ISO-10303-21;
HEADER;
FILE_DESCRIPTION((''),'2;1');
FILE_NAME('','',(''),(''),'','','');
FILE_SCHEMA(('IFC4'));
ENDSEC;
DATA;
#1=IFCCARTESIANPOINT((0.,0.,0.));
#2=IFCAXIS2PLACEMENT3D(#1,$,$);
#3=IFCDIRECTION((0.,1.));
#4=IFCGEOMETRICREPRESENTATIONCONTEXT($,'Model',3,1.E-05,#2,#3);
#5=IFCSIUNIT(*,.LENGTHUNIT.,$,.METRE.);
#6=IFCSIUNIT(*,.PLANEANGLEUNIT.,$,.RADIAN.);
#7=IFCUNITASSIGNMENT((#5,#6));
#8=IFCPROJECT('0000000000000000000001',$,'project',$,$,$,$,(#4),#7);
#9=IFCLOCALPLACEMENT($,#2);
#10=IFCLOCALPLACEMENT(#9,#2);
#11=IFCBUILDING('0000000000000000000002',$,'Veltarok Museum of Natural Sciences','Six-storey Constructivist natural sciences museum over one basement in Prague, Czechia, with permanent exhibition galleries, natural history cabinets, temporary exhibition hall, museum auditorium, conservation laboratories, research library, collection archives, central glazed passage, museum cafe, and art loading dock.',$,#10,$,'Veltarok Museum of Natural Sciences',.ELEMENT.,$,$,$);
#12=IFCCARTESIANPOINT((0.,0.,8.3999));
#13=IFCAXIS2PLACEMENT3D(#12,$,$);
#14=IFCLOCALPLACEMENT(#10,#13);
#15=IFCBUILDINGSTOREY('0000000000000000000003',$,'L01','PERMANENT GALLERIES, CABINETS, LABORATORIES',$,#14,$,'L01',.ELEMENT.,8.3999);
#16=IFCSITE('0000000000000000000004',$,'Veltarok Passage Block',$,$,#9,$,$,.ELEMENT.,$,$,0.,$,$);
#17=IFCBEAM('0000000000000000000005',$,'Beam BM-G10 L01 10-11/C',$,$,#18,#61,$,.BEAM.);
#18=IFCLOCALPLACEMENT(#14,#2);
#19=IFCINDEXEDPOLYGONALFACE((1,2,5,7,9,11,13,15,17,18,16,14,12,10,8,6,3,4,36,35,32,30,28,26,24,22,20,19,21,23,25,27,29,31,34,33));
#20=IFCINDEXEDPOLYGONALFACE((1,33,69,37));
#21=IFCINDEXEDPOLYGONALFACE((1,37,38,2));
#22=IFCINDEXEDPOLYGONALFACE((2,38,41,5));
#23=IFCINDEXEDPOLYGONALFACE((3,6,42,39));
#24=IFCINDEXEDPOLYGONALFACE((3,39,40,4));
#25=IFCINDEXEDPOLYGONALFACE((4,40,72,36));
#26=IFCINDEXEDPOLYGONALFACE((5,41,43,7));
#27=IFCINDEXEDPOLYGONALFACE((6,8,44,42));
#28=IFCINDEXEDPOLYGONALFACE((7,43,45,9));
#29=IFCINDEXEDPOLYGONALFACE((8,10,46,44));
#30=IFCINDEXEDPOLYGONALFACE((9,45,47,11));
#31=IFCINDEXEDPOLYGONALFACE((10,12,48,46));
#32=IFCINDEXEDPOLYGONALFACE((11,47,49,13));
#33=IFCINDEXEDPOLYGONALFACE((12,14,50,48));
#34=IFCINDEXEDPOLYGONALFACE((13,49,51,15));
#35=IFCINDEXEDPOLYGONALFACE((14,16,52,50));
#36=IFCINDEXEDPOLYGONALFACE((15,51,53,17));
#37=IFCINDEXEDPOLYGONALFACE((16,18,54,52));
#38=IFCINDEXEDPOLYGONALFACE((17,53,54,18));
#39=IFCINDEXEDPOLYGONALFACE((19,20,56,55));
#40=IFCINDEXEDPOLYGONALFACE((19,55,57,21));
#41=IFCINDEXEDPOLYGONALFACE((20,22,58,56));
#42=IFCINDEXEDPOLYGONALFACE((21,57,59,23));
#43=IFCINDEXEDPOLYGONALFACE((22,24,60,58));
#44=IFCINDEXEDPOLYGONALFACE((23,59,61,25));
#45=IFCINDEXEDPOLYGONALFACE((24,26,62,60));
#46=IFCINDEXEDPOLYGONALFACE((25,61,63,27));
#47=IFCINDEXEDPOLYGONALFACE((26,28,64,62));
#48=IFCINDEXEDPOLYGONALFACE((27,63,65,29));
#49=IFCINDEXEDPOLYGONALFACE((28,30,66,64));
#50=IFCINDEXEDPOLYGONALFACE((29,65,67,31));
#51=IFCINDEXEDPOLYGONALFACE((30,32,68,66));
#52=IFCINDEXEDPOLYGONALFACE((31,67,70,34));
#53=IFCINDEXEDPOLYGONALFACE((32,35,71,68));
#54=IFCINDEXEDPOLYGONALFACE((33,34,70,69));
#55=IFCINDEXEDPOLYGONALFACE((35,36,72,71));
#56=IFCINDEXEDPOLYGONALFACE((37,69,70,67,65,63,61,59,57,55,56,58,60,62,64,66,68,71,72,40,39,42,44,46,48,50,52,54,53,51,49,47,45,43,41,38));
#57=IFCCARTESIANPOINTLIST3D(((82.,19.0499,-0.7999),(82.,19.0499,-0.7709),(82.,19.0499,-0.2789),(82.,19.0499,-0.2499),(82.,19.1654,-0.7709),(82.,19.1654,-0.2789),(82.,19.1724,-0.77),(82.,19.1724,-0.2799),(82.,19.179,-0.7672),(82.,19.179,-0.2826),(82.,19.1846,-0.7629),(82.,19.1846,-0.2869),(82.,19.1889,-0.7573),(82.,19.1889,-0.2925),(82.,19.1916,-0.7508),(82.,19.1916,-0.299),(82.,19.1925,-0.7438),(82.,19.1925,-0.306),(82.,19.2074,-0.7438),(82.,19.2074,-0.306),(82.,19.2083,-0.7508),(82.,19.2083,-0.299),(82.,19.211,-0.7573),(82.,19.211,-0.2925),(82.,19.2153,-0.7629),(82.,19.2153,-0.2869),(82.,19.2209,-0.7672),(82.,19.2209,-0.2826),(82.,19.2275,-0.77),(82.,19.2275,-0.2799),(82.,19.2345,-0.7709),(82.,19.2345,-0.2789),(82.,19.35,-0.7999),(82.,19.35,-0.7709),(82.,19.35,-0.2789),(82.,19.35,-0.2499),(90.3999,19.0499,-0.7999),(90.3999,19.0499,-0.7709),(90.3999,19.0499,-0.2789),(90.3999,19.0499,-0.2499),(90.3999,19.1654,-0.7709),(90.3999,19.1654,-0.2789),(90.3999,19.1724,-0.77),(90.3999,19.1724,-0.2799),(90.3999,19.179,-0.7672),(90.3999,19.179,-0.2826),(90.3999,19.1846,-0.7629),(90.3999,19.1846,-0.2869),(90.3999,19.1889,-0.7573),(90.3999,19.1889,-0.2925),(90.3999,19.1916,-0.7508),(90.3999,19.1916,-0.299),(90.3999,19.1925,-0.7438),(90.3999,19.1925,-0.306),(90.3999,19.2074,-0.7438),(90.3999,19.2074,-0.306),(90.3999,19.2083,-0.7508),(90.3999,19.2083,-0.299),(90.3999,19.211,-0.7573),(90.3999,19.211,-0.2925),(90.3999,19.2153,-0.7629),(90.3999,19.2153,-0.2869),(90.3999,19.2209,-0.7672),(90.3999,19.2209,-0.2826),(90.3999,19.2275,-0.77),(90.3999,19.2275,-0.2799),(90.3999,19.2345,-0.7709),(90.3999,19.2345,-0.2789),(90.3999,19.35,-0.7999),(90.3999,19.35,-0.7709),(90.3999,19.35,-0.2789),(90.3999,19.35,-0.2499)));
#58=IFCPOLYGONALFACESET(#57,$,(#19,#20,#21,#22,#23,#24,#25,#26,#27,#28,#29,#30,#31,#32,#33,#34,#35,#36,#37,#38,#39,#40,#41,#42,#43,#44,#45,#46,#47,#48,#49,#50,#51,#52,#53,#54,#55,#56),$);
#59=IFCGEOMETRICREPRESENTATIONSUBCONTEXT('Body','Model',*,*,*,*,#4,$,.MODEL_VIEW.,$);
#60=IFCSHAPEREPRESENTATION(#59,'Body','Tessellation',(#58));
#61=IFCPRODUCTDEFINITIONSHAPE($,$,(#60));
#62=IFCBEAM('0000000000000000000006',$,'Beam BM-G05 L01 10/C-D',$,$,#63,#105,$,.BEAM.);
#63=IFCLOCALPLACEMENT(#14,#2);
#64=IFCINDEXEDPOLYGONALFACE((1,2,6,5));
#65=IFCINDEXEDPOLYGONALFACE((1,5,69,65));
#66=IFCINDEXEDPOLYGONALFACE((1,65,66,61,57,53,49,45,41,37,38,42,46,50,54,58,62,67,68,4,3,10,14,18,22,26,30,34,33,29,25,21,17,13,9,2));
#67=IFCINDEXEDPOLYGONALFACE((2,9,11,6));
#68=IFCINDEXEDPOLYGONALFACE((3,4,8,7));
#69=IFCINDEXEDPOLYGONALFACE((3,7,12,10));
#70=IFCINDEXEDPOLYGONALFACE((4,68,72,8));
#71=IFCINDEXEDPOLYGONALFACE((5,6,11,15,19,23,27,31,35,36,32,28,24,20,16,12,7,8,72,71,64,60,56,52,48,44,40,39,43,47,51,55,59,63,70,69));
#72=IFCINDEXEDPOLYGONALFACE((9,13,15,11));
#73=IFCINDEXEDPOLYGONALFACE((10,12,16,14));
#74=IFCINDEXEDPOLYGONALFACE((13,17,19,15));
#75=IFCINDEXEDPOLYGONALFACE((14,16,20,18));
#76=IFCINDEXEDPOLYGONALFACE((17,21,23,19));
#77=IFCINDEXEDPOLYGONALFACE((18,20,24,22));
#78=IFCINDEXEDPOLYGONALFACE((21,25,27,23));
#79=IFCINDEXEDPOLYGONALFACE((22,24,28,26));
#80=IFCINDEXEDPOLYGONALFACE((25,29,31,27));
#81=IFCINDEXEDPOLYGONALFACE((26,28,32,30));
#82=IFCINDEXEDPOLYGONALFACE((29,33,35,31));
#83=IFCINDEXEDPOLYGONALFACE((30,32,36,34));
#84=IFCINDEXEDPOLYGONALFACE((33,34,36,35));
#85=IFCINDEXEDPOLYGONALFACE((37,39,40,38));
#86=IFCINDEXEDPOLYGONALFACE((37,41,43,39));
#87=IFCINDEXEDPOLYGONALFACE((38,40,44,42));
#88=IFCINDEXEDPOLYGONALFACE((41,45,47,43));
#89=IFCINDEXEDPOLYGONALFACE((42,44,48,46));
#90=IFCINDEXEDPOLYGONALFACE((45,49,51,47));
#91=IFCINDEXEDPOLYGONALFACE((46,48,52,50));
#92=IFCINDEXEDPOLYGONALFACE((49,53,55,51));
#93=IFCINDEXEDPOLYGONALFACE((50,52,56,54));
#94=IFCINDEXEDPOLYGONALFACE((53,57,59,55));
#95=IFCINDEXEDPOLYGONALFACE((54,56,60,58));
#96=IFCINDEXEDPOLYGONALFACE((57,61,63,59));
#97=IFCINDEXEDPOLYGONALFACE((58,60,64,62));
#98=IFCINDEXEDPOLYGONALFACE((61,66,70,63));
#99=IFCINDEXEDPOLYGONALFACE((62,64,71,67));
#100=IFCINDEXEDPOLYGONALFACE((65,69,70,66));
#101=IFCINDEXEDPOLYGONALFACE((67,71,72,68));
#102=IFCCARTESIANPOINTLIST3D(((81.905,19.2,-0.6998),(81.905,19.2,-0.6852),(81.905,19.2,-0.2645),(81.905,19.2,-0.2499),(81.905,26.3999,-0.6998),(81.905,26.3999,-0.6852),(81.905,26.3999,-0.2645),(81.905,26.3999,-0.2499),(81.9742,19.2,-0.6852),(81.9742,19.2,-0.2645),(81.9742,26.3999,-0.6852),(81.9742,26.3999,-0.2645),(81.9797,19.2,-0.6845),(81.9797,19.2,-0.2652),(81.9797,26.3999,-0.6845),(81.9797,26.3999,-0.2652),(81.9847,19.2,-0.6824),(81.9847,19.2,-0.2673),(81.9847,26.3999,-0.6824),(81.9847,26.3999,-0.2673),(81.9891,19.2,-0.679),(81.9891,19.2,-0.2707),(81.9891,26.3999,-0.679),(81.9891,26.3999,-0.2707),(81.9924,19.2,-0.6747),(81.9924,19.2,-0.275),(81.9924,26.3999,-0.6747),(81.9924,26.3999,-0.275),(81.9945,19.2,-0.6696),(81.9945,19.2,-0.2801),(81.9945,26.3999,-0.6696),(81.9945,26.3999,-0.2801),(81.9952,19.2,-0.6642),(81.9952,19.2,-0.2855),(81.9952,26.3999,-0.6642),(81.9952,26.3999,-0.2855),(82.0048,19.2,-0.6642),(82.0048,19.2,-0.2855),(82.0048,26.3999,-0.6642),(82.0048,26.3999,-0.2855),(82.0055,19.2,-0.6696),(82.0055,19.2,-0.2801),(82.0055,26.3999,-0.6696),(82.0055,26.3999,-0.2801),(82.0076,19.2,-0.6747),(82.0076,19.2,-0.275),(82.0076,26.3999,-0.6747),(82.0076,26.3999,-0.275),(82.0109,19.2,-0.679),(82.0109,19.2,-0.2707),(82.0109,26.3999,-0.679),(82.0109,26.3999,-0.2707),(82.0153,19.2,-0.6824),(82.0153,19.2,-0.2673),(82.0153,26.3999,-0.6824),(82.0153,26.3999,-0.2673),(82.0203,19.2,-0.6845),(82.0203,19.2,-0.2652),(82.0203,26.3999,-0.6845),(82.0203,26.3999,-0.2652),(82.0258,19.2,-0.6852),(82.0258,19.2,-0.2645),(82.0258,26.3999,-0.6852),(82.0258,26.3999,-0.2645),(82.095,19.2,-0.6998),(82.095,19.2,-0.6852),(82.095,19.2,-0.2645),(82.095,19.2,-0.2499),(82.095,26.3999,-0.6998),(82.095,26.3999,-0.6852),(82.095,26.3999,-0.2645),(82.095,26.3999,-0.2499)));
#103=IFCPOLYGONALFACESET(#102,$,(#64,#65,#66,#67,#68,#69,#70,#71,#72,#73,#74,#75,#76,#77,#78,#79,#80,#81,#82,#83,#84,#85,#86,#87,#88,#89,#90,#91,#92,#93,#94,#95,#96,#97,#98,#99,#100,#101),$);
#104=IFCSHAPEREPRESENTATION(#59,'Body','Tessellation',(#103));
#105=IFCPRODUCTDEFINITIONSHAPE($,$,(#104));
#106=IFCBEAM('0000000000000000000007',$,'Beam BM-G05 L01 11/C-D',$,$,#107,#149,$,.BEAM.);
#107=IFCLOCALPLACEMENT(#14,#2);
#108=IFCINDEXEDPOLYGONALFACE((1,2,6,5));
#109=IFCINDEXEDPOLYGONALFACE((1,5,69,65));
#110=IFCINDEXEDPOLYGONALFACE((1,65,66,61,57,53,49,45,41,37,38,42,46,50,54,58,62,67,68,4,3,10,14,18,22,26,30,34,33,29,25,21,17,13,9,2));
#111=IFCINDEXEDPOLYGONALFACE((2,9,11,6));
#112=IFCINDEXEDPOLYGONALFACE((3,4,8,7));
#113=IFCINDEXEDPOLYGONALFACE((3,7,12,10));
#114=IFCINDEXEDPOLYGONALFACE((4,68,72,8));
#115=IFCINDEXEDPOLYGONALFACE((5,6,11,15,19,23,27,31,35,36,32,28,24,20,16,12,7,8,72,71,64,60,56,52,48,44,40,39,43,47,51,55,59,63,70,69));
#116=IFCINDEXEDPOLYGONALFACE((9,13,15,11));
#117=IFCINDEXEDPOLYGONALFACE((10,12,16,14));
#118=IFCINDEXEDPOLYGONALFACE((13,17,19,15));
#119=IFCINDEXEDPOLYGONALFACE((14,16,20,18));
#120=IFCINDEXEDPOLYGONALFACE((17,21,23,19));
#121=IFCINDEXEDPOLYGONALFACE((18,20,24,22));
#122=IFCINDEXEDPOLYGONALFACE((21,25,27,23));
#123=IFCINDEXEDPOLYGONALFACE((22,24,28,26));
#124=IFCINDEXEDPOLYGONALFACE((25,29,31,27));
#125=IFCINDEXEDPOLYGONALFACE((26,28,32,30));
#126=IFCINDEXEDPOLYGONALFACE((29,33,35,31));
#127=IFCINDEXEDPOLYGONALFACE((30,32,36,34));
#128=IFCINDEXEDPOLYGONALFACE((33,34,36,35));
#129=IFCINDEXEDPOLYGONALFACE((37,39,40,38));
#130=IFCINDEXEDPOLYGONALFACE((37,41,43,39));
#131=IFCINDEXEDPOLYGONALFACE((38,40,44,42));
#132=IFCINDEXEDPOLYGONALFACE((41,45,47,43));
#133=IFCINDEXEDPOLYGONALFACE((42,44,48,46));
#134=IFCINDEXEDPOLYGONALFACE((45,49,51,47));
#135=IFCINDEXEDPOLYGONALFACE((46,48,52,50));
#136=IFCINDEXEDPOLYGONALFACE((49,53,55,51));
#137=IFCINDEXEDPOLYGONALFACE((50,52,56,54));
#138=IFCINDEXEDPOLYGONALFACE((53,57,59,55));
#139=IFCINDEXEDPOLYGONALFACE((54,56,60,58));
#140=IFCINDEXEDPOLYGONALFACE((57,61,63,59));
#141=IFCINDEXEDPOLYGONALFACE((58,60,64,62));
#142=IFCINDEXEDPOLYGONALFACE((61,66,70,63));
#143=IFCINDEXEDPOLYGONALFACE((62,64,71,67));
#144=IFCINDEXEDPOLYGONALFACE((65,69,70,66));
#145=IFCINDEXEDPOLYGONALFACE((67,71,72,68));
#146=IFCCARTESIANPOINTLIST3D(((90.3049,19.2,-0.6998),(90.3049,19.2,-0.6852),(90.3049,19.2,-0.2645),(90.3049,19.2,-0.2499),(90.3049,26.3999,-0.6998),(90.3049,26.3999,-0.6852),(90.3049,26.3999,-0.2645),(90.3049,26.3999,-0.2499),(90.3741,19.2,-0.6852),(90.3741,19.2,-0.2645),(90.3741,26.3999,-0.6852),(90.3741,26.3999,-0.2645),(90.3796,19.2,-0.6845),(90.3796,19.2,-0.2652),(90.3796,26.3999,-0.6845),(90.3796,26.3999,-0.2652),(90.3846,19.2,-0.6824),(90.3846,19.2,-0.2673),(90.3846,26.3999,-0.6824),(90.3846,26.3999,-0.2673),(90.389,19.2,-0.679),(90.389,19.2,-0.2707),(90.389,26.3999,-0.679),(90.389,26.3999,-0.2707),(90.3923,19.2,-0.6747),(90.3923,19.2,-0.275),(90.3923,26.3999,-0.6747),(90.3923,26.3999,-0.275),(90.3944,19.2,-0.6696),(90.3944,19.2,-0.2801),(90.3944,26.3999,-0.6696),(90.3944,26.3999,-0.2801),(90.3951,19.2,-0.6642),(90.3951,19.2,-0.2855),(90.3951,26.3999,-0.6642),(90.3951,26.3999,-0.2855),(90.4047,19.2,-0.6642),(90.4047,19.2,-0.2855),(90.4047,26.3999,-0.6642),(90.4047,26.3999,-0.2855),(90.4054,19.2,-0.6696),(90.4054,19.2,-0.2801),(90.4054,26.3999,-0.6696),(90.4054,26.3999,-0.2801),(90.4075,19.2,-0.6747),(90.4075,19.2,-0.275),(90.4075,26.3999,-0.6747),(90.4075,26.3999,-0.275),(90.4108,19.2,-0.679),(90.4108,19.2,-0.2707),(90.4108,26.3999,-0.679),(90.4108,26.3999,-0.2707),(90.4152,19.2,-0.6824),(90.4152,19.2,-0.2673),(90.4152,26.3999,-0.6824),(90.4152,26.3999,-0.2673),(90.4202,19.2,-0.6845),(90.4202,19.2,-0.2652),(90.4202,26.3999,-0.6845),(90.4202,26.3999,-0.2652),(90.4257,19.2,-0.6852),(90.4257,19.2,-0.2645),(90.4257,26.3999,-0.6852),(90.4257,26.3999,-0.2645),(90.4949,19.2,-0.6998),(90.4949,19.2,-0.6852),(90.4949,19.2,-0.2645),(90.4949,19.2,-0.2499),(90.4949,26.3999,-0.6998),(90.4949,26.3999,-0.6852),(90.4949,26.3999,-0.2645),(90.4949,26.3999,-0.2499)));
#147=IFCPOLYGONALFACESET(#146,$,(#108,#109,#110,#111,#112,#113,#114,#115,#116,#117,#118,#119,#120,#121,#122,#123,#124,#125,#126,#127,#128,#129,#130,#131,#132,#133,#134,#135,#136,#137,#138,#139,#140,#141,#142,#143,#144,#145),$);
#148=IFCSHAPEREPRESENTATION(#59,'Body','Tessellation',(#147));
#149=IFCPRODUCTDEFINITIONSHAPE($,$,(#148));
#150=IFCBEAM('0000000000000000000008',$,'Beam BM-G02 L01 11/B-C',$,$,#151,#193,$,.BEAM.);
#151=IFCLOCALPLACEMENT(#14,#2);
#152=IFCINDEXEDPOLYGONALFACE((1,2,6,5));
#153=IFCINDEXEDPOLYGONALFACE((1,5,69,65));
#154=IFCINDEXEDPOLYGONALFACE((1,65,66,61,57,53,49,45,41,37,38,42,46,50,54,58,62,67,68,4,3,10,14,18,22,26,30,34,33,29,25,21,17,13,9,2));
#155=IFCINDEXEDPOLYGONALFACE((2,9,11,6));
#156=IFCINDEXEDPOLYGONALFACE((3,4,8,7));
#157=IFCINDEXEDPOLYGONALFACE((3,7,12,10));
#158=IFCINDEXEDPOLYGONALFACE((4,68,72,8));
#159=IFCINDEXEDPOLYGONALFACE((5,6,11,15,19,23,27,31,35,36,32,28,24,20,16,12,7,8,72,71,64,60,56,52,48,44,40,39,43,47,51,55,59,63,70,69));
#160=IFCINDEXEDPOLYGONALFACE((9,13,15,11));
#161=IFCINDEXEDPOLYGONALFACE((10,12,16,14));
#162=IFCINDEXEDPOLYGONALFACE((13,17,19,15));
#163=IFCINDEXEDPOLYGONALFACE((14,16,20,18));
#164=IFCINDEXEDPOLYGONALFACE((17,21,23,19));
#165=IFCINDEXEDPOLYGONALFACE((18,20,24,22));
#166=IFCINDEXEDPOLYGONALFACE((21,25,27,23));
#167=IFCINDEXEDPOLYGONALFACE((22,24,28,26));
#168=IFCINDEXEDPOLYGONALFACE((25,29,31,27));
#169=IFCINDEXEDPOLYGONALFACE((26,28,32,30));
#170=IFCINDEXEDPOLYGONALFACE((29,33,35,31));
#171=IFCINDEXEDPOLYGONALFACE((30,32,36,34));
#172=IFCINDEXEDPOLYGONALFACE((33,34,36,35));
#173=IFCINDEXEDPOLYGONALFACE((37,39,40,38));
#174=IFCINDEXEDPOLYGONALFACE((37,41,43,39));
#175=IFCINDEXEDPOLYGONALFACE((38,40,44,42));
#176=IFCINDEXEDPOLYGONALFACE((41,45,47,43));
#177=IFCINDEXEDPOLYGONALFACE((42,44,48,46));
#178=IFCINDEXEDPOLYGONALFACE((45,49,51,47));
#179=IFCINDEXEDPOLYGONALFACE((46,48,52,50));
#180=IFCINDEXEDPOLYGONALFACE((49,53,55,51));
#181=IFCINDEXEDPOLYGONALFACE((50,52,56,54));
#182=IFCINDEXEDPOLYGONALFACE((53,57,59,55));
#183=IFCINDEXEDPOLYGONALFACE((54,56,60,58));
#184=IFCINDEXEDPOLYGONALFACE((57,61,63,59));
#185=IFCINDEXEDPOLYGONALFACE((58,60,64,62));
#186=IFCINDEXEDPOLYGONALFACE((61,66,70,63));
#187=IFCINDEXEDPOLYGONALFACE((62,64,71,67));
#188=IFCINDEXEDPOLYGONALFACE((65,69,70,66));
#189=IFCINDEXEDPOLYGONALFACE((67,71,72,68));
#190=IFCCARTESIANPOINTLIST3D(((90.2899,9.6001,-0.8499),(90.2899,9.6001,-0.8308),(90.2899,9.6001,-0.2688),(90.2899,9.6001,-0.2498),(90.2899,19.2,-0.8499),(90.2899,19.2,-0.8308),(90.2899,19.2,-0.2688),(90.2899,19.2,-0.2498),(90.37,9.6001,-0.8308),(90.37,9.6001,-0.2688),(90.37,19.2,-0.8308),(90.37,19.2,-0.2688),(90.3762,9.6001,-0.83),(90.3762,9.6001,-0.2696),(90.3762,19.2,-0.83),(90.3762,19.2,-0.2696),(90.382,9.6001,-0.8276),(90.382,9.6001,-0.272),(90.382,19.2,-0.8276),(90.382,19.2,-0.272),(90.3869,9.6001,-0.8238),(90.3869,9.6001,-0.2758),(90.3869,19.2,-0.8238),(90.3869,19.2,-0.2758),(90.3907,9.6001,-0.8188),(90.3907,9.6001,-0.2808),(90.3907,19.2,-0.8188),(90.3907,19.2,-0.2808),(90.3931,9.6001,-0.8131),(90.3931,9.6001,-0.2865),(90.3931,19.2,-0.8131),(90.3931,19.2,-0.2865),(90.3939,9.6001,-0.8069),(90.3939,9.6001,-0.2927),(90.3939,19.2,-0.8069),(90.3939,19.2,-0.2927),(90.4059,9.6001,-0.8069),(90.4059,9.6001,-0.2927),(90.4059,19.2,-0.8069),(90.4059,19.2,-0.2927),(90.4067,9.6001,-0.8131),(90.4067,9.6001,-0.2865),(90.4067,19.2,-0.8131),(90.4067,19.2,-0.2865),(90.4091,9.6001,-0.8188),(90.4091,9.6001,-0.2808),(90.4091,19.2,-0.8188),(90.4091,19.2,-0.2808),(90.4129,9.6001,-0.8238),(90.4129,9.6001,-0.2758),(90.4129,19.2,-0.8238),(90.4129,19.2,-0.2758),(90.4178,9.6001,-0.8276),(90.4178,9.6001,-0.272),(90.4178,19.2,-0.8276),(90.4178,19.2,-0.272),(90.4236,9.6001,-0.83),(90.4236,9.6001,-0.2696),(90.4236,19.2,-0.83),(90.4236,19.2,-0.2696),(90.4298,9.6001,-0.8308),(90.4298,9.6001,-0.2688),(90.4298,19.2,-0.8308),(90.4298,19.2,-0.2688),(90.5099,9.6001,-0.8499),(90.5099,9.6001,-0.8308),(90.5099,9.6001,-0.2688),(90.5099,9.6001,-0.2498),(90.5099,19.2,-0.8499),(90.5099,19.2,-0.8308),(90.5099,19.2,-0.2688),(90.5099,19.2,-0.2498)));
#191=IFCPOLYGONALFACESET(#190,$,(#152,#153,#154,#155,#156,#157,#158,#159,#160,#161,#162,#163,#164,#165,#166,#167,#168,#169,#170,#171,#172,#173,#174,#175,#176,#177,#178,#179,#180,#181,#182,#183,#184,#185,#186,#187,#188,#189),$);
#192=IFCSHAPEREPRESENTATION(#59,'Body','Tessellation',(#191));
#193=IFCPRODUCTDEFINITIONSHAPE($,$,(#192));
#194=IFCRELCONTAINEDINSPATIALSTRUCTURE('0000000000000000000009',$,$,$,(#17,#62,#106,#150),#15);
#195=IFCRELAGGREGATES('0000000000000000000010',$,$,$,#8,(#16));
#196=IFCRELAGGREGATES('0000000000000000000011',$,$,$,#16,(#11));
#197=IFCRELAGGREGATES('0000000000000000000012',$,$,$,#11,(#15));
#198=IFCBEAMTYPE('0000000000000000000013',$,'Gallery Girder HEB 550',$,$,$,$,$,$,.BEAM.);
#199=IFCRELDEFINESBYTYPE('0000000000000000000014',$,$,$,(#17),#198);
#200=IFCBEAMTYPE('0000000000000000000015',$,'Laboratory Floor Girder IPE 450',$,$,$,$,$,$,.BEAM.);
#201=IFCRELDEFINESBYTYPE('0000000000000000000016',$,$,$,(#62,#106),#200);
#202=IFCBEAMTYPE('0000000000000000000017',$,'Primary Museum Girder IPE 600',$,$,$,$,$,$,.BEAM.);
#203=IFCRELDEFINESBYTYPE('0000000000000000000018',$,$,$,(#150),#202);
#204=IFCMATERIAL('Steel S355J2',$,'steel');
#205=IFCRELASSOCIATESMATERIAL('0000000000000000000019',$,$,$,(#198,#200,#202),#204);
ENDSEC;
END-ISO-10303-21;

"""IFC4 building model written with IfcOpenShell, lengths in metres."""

from ifc_helpers import new_model, si_unit, direction, frame, origin, origin_2d, place, context, subcontext, project, spatial, i_section, extrude, material, material_profile, profile_set, type_object, element, save


model = new_model("IFC4")

# Units and contexts
model_context = context("Model", 3, precision=1e-05, world=origin(), true_north=direction((0.0, 1.0)))
body_context = subcontext(model_context, "Body", "Model", "MODEL_VIEW")
ifc_project = project(units=[si_unit("LENGTHUNIT", "METRE"), si_unit("PLANEANGLEUNIT", "RADIAN")], contexts=[model_context])

# Site, building, storey
site_placement = place(None, origin())
site = spatial("IfcSite", under=ifc_project, at=site_placement, Name="Veltarok Passage Block", CompositionType="ELEMENT", RefElevation=0.0)
building_placement = place(site_placement, origin())
building = spatial("IfcBuilding", under=site, at=building_placement, Name="Veltarok Museum of Natural Sciences", Description="Six-storey Constructivist natural sciences museum over one basement in Prague, Czechia, with permanent exhibition galleries, natural history cabinets, temporary exhibition hall, museum auditorium, conservation laboratories, research library, collection archives, central glazed passage, museum cafe, and art loading dock.", LongName="Veltarok Museum of Natural Sciences", CompositionType="ELEMENT")
storey_placement = place(building_placement, frame((0.0, 0.0, 8.3999)))
storey = spatial("IfcBuildingStorey", under=building, at=storey_placement, Name="L01", Description="PERMANENT GALLERIES, CABINETS, LABORATORIES", LongName="L01", CompositionType="ELEMENT", Elevation=8.3999)

# Shared definitions
ifc_material_1 = material(Name="Steel S355J2", Category="steel")

# Beams
ifc_material_profile_1 = material_profile(ifc_material_1, i_section(OverallWidth=0.3, OverallDepth=0.55, WebThickness=0.0149, FlangeThickness=0.0291, FilletRadius=0.0271, at=origin_2d()), Name="HEB 550")
ifc_profile_set_1 = profile_set([ifc_material_profile_1], Name="Steel S355J2")
beam_type_1 = type_object("IfcBeamType", Name="Gallery Girder HEB 550", PredefinedType="BEAM", material=ifc_profile_set_1)
beam_1_placement = place(storey_placement, frame((82.0, 19.2, -0.5249), z_axis=(1.0, 0.0, 0.0), x_axis=(0.0, 1.0, 0.0)))
element("IfcBeam", 1, at=beam_1_placement, inside=storey, type_object=beam_type_1, Name="Beam BM-G10 L01 10-11/C", PredefinedType="BEAM", context=body_context, shape_type="SweptSolid", body=[
    extrude(i_section(OverallWidth=0.3, OverallDepth=0.55, WebThickness=0.0149, FlangeThickness=0.0291, FilletRadius=0.0271, at=origin_2d()), origin(), (0.0, 0.0, 1.0), 8.3999),
])
ifc_material_profile_2 = material_profile(ifc_material_1, i_section(OverallWidth=0.1899, OverallDepth=0.45, WebThickness=0.0095, FlangeThickness=0.0146, FilletRadius=0.021, at=origin_2d()), Name="IPE 450")
ifc_profile_set_2 = profile_set([ifc_material_profile_2], Name="Steel S355J2")
beam_type_2 = type_object("IfcBeamType", Name="Laboratory Floor Girder IPE 450", PredefinedType="BEAM", material=ifc_profile_set_2)
for number, where, z_axis, x_axis, name in (
    (2, (82.0, 19.2, -0.4749), (0.0, 1.0, 0.0), (-1.0, 0.0, 0.0), "Beam BM-G05 L01 10/C-D"),
    (3, (90.3999, 19.2, -0.4749), (0.0, 1.0, 0.0), (-1.0, 0.0, 0.0), "Beam BM-G05 L01 11/C-D"),
):
    element("IfcBeam", number, at=place(storey_placement, frame(where, z_axis=z_axis, x_axis=x_axis)), inside=storey, type_object=beam_type_2, Name=name, PredefinedType="BEAM", context=body_context, shape_type="SweptSolid", body=[
        extrude(i_section(OverallWidth=0.1899, OverallDepth=0.45, WebThickness=0.0095, FlangeThickness=0.0146, FilletRadius=0.021, at=origin_2d()), origin(), (0.0, 0.0, 1.0), 7.2),
    ])
ifc_material_profile_3 = material_profile(ifc_material_1, i_section(OverallWidth=0.22, OverallDepth=0.6001, WebThickness=0.012, FlangeThickness=0.019, FilletRadius=0.0239, at=origin_2d()), Name="IPE 600")
ifc_profile_set_3 = profile_set([ifc_material_profile_3], Name="Steel S355J2")
beam_type_3 = type_object("IfcBeamType", Name="Primary Museum Girder IPE 600", PredefinedType="BEAM", material=ifc_profile_set_3)
beam_2_placement = place(storey_placement, frame((90.3999, 9.6001, -0.5498), z_axis=(0.0, 1.0, 0.0), x_axis=(-1.0, 0.0, 0.0)))
element("IfcBeam", 4, at=beam_2_placement, inside=storey, type_object=beam_type_3, Name="Beam BM-G02 L01 11/B-C", PredefinedType="BEAM", context=body_context, shape_type="SweptSolid", body=[
    extrude(i_section(OverallWidth=0.22, OverallDepth=0.6001, WebThickness=0.012, FlangeThickness=0.019, FilletRadius=0.0239, at=origin_2d()), origin(), (0.0, 0.0, 1.0), 9.5999),
])

save(model, "model.ifc")
